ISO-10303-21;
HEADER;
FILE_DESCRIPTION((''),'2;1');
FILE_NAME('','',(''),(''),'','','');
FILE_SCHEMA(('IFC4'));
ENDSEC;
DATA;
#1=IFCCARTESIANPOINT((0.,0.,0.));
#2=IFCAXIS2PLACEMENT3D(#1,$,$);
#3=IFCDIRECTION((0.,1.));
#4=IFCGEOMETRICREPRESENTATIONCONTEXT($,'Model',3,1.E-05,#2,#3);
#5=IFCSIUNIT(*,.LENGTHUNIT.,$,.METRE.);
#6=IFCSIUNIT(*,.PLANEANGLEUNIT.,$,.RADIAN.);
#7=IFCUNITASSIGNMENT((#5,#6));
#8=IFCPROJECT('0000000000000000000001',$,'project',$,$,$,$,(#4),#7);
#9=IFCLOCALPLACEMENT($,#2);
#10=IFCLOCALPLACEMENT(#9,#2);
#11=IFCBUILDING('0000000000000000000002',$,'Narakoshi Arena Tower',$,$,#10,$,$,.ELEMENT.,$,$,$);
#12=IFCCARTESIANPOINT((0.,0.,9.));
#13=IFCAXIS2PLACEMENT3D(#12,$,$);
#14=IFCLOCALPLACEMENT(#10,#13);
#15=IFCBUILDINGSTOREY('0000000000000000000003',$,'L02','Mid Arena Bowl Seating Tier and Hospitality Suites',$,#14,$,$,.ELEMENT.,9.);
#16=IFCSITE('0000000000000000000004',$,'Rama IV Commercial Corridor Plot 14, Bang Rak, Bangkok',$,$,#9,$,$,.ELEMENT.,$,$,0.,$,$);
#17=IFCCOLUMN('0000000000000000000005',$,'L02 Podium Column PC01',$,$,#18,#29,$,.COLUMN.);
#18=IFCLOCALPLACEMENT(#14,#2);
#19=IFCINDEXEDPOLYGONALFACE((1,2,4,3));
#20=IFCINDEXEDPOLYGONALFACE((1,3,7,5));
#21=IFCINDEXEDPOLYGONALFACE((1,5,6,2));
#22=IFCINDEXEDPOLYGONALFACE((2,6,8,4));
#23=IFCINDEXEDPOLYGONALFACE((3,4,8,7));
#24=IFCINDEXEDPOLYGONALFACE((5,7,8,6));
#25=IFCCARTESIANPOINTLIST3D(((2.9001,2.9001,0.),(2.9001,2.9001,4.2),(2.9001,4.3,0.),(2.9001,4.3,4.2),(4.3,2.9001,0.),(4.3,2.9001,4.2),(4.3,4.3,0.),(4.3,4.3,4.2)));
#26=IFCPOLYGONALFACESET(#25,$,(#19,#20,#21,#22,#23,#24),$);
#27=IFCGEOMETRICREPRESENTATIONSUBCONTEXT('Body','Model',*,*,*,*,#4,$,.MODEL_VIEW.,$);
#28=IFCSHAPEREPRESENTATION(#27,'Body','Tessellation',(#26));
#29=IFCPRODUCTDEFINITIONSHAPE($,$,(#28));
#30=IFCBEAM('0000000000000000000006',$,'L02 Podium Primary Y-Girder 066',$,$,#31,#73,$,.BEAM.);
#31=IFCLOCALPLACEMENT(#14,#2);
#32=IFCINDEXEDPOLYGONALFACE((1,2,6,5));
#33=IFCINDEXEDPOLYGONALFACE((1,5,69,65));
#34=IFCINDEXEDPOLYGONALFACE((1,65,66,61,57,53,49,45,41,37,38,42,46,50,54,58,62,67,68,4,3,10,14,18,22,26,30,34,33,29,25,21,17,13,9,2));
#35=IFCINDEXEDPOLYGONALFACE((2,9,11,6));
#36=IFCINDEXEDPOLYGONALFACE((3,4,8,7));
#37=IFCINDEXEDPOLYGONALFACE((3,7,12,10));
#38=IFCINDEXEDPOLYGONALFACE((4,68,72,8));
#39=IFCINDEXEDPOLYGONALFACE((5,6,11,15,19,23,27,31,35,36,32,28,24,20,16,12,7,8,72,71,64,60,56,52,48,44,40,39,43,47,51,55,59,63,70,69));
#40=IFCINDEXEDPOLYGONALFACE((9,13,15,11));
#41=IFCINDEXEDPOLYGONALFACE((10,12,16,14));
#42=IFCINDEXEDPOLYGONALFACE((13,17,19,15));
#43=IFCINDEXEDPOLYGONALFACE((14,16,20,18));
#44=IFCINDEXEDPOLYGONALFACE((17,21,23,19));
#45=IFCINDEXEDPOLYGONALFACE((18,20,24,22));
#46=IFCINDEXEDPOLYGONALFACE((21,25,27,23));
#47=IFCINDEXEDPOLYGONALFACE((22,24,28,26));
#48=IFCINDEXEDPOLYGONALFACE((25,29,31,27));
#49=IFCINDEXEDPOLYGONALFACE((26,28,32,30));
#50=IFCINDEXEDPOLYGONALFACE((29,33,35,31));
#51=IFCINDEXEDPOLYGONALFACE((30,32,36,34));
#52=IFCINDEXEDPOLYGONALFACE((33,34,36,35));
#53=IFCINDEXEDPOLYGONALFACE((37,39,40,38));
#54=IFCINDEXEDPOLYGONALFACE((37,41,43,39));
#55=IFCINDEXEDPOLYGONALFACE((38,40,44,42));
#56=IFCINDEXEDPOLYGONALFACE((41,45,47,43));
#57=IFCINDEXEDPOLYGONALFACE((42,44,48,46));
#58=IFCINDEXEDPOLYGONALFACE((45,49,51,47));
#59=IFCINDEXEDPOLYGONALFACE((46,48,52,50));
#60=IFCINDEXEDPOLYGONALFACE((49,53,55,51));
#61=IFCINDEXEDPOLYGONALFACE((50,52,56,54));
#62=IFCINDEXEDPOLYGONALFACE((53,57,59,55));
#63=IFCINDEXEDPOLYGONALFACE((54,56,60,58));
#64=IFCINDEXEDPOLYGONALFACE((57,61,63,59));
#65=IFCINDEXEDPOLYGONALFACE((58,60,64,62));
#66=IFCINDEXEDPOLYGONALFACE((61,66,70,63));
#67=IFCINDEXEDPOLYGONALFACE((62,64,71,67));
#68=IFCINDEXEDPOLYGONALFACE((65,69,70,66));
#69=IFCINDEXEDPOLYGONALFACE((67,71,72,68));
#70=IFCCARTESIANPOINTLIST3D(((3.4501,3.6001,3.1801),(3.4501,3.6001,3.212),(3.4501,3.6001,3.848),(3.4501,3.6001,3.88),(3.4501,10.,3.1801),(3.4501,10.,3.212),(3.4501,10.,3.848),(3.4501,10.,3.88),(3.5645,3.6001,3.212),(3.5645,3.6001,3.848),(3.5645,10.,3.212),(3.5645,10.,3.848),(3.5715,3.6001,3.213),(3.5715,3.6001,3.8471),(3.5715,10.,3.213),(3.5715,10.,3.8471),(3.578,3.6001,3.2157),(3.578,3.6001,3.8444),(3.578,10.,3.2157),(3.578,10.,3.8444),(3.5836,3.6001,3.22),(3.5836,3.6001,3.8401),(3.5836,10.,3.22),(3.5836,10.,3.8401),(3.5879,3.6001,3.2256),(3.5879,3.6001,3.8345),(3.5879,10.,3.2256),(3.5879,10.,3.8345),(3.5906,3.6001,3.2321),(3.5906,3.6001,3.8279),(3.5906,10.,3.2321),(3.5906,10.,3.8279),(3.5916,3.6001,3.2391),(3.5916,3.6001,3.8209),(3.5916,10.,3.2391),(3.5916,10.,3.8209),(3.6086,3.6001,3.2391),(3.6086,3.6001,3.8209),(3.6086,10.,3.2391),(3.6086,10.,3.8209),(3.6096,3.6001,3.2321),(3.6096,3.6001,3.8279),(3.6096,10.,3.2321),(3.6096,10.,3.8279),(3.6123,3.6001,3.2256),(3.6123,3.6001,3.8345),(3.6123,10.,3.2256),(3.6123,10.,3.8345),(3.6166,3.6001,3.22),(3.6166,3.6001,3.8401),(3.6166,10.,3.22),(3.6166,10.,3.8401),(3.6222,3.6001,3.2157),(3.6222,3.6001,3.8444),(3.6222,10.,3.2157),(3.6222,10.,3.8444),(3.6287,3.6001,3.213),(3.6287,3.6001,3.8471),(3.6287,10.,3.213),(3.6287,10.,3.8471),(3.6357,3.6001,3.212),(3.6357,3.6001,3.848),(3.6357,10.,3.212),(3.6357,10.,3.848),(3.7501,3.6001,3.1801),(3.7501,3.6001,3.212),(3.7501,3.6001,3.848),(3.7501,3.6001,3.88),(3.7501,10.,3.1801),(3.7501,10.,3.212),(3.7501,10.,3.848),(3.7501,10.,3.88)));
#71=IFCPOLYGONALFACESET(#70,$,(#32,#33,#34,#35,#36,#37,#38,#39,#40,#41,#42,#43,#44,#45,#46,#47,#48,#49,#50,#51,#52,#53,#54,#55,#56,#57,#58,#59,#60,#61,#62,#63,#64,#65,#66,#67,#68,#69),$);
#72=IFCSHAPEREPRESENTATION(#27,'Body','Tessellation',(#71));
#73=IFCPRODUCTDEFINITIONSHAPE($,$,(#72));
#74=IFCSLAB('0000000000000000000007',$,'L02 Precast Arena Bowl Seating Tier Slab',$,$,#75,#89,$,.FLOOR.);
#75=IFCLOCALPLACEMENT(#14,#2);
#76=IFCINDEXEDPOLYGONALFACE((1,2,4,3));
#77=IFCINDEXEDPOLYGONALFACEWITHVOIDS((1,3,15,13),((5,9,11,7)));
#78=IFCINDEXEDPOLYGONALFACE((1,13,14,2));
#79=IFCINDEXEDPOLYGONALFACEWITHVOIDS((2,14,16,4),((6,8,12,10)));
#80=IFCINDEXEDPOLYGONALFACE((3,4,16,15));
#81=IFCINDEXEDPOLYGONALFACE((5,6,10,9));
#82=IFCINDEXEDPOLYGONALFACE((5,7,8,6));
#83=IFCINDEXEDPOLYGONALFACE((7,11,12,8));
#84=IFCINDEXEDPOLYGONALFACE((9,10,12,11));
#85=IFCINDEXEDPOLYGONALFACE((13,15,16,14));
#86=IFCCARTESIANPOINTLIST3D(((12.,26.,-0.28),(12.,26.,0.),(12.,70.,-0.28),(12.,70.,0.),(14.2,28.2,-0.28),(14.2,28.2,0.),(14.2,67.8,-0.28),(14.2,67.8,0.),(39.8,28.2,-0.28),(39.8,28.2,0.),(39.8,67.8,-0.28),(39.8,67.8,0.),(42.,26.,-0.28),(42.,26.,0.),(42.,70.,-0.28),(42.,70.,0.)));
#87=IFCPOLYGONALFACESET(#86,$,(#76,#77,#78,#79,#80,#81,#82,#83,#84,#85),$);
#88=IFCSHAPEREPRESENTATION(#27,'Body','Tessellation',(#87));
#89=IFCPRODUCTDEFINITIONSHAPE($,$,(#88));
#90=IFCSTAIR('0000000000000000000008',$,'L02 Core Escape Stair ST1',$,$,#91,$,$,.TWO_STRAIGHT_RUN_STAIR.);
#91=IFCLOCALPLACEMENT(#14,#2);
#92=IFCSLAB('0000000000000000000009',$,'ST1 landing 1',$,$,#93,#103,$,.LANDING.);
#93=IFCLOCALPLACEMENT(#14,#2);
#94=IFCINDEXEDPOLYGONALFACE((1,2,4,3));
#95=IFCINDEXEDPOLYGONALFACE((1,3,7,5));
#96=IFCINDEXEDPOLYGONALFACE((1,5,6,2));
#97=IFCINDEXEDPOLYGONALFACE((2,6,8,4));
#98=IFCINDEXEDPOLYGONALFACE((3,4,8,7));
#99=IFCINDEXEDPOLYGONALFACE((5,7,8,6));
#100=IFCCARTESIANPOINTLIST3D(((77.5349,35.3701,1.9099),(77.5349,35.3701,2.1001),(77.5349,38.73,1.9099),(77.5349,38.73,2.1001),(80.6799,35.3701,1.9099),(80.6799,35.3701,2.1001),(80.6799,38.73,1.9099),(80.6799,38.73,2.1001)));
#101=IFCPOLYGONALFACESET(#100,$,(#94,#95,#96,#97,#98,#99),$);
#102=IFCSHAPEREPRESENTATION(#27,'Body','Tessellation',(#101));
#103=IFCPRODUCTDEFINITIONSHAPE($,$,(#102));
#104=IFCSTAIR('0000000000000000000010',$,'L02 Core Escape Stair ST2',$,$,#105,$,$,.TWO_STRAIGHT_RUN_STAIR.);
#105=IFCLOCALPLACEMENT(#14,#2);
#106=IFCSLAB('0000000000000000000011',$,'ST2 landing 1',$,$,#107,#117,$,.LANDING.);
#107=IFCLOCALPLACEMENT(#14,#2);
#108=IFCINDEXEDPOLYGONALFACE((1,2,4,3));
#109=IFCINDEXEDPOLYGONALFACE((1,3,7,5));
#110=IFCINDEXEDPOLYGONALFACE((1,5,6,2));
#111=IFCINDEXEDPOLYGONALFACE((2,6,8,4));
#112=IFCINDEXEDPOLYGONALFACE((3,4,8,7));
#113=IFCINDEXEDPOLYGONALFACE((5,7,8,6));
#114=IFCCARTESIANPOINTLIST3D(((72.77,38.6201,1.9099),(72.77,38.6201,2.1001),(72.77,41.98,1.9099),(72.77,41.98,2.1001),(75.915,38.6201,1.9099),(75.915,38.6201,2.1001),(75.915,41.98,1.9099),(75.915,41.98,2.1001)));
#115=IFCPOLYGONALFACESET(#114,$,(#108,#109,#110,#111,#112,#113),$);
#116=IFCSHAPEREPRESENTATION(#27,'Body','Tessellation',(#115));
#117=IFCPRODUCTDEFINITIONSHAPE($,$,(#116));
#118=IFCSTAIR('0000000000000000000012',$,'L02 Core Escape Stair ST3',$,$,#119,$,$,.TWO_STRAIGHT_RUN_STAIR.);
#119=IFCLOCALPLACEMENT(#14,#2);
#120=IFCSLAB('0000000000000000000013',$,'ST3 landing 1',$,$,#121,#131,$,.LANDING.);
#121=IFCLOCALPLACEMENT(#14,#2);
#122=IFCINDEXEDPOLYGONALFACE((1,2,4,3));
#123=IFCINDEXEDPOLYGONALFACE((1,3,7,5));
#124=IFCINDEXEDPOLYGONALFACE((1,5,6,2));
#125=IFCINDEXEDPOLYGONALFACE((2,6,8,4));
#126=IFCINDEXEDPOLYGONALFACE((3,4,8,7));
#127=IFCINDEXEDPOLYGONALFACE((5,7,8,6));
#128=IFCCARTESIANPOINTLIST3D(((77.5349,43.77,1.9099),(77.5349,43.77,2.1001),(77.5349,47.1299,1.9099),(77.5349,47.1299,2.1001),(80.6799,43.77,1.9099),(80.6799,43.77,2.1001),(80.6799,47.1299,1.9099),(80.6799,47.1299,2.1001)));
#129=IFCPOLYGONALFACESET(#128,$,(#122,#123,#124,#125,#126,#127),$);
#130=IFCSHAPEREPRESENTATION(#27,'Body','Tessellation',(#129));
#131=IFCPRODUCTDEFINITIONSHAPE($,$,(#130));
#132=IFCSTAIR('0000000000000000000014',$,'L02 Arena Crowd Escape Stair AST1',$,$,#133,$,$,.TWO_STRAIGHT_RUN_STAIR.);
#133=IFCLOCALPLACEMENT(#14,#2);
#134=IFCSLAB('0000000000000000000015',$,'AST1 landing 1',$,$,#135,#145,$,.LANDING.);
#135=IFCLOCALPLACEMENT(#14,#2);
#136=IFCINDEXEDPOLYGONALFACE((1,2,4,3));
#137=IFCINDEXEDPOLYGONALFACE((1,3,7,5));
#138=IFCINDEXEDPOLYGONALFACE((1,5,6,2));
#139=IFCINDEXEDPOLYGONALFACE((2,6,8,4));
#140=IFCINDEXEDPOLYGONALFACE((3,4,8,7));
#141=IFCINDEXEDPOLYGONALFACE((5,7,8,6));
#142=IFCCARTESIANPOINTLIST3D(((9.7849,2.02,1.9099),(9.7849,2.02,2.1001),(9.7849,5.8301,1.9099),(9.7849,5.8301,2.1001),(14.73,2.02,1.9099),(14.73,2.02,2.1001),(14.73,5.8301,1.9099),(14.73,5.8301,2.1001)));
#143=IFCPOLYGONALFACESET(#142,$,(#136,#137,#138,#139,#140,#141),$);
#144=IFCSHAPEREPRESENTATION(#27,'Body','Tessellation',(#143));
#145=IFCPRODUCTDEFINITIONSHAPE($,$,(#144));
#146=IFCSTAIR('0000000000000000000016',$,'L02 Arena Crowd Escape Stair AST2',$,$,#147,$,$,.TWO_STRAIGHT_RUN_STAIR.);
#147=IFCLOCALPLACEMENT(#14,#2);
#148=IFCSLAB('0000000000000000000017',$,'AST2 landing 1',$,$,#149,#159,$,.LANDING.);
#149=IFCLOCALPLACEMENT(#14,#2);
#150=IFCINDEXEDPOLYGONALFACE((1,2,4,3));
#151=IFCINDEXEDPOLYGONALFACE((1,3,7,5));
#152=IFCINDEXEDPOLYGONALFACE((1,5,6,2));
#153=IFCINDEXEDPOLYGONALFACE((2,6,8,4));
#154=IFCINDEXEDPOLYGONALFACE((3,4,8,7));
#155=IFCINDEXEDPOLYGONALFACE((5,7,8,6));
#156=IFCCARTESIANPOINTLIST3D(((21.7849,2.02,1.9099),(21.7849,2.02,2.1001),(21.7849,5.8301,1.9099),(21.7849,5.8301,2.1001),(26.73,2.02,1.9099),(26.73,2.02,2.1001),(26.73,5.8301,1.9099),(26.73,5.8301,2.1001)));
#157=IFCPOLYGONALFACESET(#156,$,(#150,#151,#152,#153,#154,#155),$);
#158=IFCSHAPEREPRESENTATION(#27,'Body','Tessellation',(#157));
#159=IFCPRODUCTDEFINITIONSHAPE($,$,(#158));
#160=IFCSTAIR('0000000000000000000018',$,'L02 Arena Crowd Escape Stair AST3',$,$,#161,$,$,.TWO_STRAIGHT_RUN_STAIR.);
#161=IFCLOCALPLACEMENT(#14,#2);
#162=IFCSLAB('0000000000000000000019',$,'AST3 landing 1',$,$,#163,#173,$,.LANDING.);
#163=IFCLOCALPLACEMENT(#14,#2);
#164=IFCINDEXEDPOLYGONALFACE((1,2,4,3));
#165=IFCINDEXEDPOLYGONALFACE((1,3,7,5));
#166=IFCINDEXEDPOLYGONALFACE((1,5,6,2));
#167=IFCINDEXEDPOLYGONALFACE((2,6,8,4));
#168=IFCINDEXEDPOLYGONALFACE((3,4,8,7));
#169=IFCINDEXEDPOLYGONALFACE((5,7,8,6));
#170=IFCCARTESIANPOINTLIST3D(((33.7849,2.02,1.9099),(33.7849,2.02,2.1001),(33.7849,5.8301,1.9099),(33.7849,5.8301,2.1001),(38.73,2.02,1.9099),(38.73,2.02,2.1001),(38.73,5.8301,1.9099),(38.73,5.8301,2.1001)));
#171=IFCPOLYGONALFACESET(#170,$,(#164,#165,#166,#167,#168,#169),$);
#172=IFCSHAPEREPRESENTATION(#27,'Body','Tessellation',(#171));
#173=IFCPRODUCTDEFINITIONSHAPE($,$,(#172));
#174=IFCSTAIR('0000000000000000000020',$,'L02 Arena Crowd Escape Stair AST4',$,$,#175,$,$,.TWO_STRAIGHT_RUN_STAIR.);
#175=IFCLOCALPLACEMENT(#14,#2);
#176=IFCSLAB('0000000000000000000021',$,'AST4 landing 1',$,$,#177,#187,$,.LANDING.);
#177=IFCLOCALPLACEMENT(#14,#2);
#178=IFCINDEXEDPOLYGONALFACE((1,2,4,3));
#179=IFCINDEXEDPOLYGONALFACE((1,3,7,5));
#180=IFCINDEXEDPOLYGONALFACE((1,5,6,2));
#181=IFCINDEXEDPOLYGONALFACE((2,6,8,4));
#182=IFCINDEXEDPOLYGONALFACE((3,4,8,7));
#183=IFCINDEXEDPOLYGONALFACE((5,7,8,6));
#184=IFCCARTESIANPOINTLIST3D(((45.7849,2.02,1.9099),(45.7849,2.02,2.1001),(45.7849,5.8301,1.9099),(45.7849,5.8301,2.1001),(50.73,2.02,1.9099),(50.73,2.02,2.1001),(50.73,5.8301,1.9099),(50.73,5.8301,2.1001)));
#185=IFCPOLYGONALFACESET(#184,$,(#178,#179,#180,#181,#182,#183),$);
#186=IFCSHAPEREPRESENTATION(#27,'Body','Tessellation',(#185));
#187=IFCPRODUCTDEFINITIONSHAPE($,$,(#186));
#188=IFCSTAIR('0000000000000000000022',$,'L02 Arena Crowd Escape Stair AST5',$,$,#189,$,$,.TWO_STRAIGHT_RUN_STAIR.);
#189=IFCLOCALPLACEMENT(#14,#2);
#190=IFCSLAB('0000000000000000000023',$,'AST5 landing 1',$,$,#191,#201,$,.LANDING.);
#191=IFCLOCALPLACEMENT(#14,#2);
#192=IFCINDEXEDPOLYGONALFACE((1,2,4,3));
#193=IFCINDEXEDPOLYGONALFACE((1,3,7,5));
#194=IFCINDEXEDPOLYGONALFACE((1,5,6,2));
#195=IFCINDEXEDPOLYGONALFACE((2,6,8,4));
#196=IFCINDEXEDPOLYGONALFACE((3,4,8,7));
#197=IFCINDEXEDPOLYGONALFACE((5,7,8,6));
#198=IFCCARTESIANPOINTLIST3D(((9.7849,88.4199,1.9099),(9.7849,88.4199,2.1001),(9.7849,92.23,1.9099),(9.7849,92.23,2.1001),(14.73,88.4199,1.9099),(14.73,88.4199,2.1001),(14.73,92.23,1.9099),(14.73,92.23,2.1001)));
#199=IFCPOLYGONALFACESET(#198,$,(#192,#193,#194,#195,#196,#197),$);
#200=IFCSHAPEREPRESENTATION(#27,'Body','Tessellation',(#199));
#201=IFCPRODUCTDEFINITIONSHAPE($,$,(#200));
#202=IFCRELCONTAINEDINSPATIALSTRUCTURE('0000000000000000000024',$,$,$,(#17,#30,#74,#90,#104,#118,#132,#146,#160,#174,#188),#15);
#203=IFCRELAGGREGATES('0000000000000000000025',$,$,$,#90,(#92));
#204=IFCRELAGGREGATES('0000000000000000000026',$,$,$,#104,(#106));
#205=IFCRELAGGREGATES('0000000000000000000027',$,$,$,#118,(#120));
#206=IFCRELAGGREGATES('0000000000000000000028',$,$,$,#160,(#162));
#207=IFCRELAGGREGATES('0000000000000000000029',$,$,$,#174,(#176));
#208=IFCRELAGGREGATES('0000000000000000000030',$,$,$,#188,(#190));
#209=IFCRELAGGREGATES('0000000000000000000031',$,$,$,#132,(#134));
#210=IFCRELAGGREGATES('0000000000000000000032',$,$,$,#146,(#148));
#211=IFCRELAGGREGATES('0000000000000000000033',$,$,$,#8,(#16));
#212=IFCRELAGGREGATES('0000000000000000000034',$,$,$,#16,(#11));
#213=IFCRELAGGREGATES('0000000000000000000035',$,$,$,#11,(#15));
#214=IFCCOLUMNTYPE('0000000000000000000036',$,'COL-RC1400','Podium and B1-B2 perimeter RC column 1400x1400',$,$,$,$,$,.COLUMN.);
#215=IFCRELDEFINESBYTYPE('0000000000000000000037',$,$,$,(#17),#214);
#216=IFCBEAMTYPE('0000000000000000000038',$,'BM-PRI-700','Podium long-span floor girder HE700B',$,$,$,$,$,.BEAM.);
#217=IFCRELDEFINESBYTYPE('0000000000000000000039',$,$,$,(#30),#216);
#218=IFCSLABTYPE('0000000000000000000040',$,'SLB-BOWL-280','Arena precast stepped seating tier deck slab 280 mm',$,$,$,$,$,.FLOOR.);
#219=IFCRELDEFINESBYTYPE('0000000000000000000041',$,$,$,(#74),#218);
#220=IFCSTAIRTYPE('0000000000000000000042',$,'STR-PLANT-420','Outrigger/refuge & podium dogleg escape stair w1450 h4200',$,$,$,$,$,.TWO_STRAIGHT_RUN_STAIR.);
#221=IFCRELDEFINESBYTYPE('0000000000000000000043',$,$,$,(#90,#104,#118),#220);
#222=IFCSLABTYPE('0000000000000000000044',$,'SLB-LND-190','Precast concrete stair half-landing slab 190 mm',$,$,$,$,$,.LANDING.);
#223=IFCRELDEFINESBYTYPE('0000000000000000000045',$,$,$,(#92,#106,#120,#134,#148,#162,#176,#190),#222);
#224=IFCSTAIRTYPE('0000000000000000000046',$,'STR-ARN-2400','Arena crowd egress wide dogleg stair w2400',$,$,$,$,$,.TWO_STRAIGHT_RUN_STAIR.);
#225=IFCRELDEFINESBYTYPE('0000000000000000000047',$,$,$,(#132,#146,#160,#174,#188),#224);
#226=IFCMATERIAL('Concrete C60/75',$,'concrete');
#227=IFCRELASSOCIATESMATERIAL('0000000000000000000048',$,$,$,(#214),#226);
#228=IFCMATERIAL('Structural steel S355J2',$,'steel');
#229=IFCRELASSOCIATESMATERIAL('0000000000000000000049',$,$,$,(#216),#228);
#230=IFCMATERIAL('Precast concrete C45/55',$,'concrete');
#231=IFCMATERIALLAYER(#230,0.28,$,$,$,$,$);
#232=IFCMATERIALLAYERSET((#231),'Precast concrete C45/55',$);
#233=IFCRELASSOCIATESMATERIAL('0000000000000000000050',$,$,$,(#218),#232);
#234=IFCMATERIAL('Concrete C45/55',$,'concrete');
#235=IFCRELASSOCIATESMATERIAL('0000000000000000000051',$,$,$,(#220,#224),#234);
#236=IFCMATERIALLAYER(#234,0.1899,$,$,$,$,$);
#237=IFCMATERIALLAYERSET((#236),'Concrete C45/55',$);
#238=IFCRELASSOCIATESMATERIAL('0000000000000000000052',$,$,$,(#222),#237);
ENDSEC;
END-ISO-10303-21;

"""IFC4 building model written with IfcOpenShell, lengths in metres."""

from ifc_helpers import new_model, si_unit, direction, frame, origin, origin_2d, place, context, subcontext, project, spatial, polyline, rectangle, i_section, outline, extrude, material, layer, layer_set, material_profile, profile_set, type_object, element, aggregate, save


model = new_model("IFC4")

# Units and contexts
model_context = context("Model", 3, precision=1e-05, world=origin(), true_north=direction((0.0, 1.0)))
body_context = subcontext(model_context, "Body", "Model", "MODEL_VIEW")
ifc_project = project(units=[si_unit("LENGTHUNIT", "METRE"), si_unit("PLANEANGLEUNIT", "RADIAN")], contexts=[model_context])

# Site, building, storey
site_placement = place(None, origin())
site = spatial("IfcSite", under=ifc_project, at=site_placement, Name="Rama IV Commercial Corridor Plot 14, Bang Rak, Bangkok", CompositionType="ELEMENT", RefElevation=0.0)
building_placement = place(site_placement, origin())
building = spatial("IfcBuilding", under=site, at=building_placement, Name="Narakoshi Arena Tower", CompositionType="ELEMENT")
storey_placement = place(building_placement, frame((0.0, 0.0, 9.0)))
storey = spatial("IfcBuildingStorey", under=building, at=storey_placement, Name="L02", Description="Mid Arena Bowl Seating Tier and Hospitality Suites", CompositionType="ELEMENT", Elevation=9.0)

# Column
ifc_material_1 = material(Name="Concrete C60/75", Category="concrete")
ifc_material_profile_1 = material_profile(ifc_material_1, rectangle(XDim=1.3999, YDim=1.3999, at=origin_2d()), Name="RC1400x1400")
ifc_profile_set_1 = profile_set([ifc_material_profile_1], Name="Concrete C60/75")
column_type = type_object("IfcColumnType", Name="COL-RC1400", Description="Podium and B1-B2 perimeter RC column 1400x1400", PredefinedType="COLUMN", material=ifc_profile_set_1)
column_placement = place(storey_placement, frame((3.6001, 3.6001, 0.0), z_axis=(0.0, 0.0, 1.0), x_axis=(1.0, 0.0, 0.0)))
element("IfcColumn", 1, at=column_placement, inside=storey, type_object=column_type, Name="L02 Podium Column PC01", PredefinedType="COLUMN", context=body_context, shape_type="SweptSolid", body=[
    extrude(rectangle(XDim=1.3999, YDim=1.3999, at=origin_2d()), origin(), (0.0, 0.0, 1.0), 4.2),
])

# Beam
ifc_material_2 = material(Name="Structural steel S355J2", Category="steel")
ifc_material_profile_2 = material_profile(ifc_material_2, i_section(OverallWidth=0.3, OverallDepth=0.7, WebThickness=0.0171, FlangeThickness=0.032, FilletRadius=0.0271, at=origin_2d()), Name="HE700B")
ifc_profile_set_2 = profile_set([ifc_material_profile_2], Name="Structural steel S355J2")
beam_type = type_object("IfcBeamType", Name="BM-PRI-700", Description="Podium long-span floor girder HE700B", PredefinedType="BEAM", material=ifc_profile_set_2)
beam_placement = place(storey_placement, frame((3.6001, 3.6001, 3.53), z_axis=(0.0, 1.0, 0.0), x_axis=(-1.0, 0.0, 0.0)))
element("IfcBeam", 2, at=beam_placement, inside=storey, type_object=beam_type, Name="L02 Podium Primary Y-Girder 066", PredefinedType="BEAM", context=body_context, shape_type="SweptSolid", body=[
    extrude(i_section(OverallWidth=0.3, OverallDepth=0.7, WebThickness=0.0171, FlangeThickness=0.032, FilletRadius=0.0271, at=origin_2d()), origin(), (0.0, 0.0, 1.0), 6.3999),
])

# Slab
ifc_material_3 = material(Name="Precast concrete C45/55", Category="concrete")
ifc_layer_1 = layer(ifc_material_3, 0.28)
ifc_layer_set_1 = layer_set([ifc_layer_1], Name="Precast concrete C45/55")
slab_type_1 = type_object("IfcSlabType", Name="SLB-BOWL-280", Description="Arena precast stepped seating tier deck slab 280 mm", PredefinedType="FLOOR", material=ifc_layer_set_1)
slab_1_placement = place(storey_placement, frame((0.0, 0.0, -0.28)))
element("IfcSlab", 3, at=slab_1_placement, inside=storey, type_object=slab_type_1, Name="L02 Precast Arena Bowl Seating Tier Slab", PredefinedType="FLOOR", context=body_context, shape_type="SweptSolid", body=[
    extrude(outline(polyline([(42.0, 26.0), (42.0, 70.0), (12.0, 70.0), (12.0, 26.0), (42.0, 26.0)]), holes=[polyline([(39.8, 28.2), (39.8, 67.8), (14.2, 67.8), (14.2, 28.2), (39.8, 28.2)])]), origin(), (0.0, 0.0, 1.0), 0.28),
])

# Stairs, slabs
ifc_material_4 = material(Name="Concrete C45/55", Category="concrete")
stair_type_1 = type_object("IfcStairType", Name="STR-PLANT-420", Description="Outrigger/refuge & podium dogleg escape stair w1450 h4200", PredefinedType="TWO_STRAIGHT_RUN_STAIR", material=ifc_material_4)
stair_1_placement = place(storey_placement, origin())
stair_1 = element("IfcStair", 4, at=stair_1_placement, inside=storey, type_object=stair_type_1, Name="L02 Core Escape Stair ST1", PredefinedType="TWO_STRAIGHT_RUN_STAIR")
ifc_layer_2 = layer(ifc_material_4, 0.1899)
ifc_layer_set_2 = layer_set([ifc_layer_2], Name="Concrete C45/55")
slab_type_2 = type_object("IfcSlabType", Name="SLB-LND-190", Description="Precast concrete stair half-landing slab 190 mm", PredefinedType="LANDING", material=ifc_layer_set_2)
slab_2_placement = place(storey_placement, frame((0.0, 0.0, 1.9099)))
slab_2 = element("IfcSlab", 5, at=slab_2_placement, type_object=slab_type_2, Name="ST1 landing 1", PredefinedType="LANDING", context=body_context, shape_type="SweptSolid", body=[
    extrude(outline(polyline([(77.5349, 35.3701), (80.6799, 35.3701), (80.6799, 38.73), (77.5349, 38.73), (77.5349, 35.3701)])), origin(), (0.0, 0.0, 1.0), 0.1902),
])
aggregate(stair_1, [slab_2])
stair_2_placement = place(storey_placement, origin())
stair_2 = element("IfcStair", 6, at=stair_2_placement, inside=storey, type_object=stair_type_1, Name="L02 Core Escape Stair ST2", PredefinedType="TWO_STRAIGHT_RUN_STAIR")
slab_3_placement = place(storey_placement, frame((0.0, 0.0, 1.9099)))
slab_3 = element("IfcSlab", 7, at=slab_3_placement, type_object=slab_type_2, Name="ST2 landing 1", PredefinedType="LANDING", context=body_context, shape_type="SweptSolid", body=[
    extrude(outline(polyline([(72.77, 38.6201), (75.915, 38.6201), (75.915, 41.98), (72.77, 41.98), (72.77, 38.6201)])), origin(), (0.0, 0.0, 1.0), 0.1902),
])
aggregate(stair_2, [slab_3])
stair_3_placement = place(storey_placement, origin())
stair_3 = element("IfcStair", 8, at=stair_3_placement, inside=storey, type_object=stair_type_1, Name="L02 Core Escape Stair ST3", PredefinedType="TWO_STRAIGHT_RUN_STAIR")
slab_4_placement = place(storey_placement, frame((0.0, 0.0, 1.9099)))
slab_4 = element("IfcSlab", 9, at=slab_4_placement, type_object=slab_type_2, Name="ST3 landing 1", PredefinedType="LANDING", context=body_context, shape_type="SweptSolid", body=[
    extrude(outline(polyline([(77.5349, 43.77), (80.6799, 43.77), (80.6799, 47.1299), (77.5349, 47.1299), (77.5349, 43.77)])), origin(), (0.0, 0.0, 1.0), 0.1902),
])
aggregate(stair_3, [slab_4])
stair_type_2 = type_object("IfcStairType", Name="STR-ARN-2400", Description="Arena crowd egress wide dogleg stair w2400", PredefinedType="TWO_STRAIGHT_RUN_STAIR", material=ifc_material_4)
stair_4_placement = place(storey_placement, origin())
stair_4 = element("IfcStair", 10, at=stair_4_placement, inside=storey, type_object=stair_type_2, Name="L02 Arena Crowd Escape Stair AST1", PredefinedType="TWO_STRAIGHT_RUN_STAIR")
slab_5_placement = place(storey_placement, frame((0.0, 0.0, 1.9099)))
slab_5 = element("IfcSlab", 11, at=slab_5_placement, type_object=slab_type_2, Name="AST1 landing 1", PredefinedType="LANDING", context=body_context, shape_type="SweptSolid", body=[
    extrude(outline(polyline([(9.7849, 2.02), (14.73, 2.02), (14.73, 5.8301), (9.7849, 5.8301), (9.7849, 2.02)])), origin(), (0.0, 0.0, 1.0), 0.1902),
])
stair_5_placement = place(storey_placement, origin())
stair_5 = element("IfcStair", 12, at=stair_5_placement, inside=storey, type_object=stair_type_2, Name="L02 Arena Crowd Escape Stair AST2", PredefinedType="TWO_STRAIGHT_RUN_STAIR")
slab_6_placement = place(storey_placement, frame((0.0, 0.0, 1.9099)))
slab_6 = element("IfcSlab", 13, at=slab_6_placement, type_object=slab_type_2, Name="AST2 landing 1", PredefinedType="LANDING", context=body_context, shape_type="SweptSolid", body=[
    extrude(outline(polyline([(21.7849, 2.02), (26.73, 2.02), (26.73, 5.8301), (21.7849, 5.8301), (21.7849, 2.02)])), origin(), (0.0, 0.0, 1.0), 0.1902),
])
stair_6_placement = place(storey_placement, origin())
stair_6 = element("IfcStair", 14, at=stair_6_placement, inside=storey, type_object=stair_type_2, Name="L02 Arena Crowd Escape Stair AST3", PredefinedType="TWO_STRAIGHT_RUN_STAIR")
slab_7_placement = place(storey_placement, frame((0.0, 0.0, 1.9099)))
slab_7 = element("IfcSlab", 15, at=slab_7_placement, type_object=slab_type_2, Name="AST3 landing 1", PredefinedType="LANDING", context=body_context, shape_type="SweptSolid", body=[
    extrude(outline(polyline([(33.7849, 2.02), (38.73, 2.02), (38.73, 5.8301), (33.7849, 5.8301), (33.7849, 2.02)])), origin(), (0.0, 0.0, 1.0), 0.1902),
])
aggregate(stair_6, [slab_7])
stair_7_placement = place(storey_placement, origin())
stair_7 = element("IfcStair", 16, at=stair_7_placement, inside=storey, type_object=stair_type_2, Name="L02 Arena Crowd Escape Stair AST4", PredefinedType="TWO_STRAIGHT_RUN_STAIR")
slab_8_placement = place(storey_placement, frame((0.0, 0.0, 1.9099)))
slab_8 = element("IfcSlab", 17, at=slab_8_placement, type_object=slab_type_2, Name="AST4 landing 1", PredefinedType="LANDING", context=body_context, shape_type="SweptSolid", body=[
    extrude(outline(polyline([(45.7849, 2.02), (50.73, 2.02), (50.73, 5.8301), (45.7849, 5.8301), (45.7849, 2.02)])), origin(), (0.0, 0.0, 1.0), 0.1902),
])
aggregate(stair_7, [slab_8])
stair_8_placement = place(storey_placement, origin())
stair_8 = element("IfcStair", 18, at=stair_8_placement, inside=storey, type_object=stair_type_2, Name="L02 Arena Crowd Escape Stair AST5", PredefinedType="TWO_STRAIGHT_RUN_STAIR")
slab_9_placement = place(storey_placement, frame((0.0, 0.0, 1.9099)))
slab_9 = element("IfcSlab", 19, at=slab_9_placement, type_object=slab_type_2, Name="AST5 landing 1", PredefinedType="LANDING", context=body_context, shape_type="SweptSolid", body=[
    extrude(outline(polyline([(9.7849, 88.4199), (14.73, 88.4199), (14.73, 92.23), (9.7849, 92.23), (9.7849, 88.4199)])), origin(), (0.0, 0.0, 1.0), 0.1902),
])
aggregate(stair_8, [slab_9])

aggregate(stair_4, [slab_5])
aggregate(stair_5, [slab_6])

save(model, "model.ifc")
